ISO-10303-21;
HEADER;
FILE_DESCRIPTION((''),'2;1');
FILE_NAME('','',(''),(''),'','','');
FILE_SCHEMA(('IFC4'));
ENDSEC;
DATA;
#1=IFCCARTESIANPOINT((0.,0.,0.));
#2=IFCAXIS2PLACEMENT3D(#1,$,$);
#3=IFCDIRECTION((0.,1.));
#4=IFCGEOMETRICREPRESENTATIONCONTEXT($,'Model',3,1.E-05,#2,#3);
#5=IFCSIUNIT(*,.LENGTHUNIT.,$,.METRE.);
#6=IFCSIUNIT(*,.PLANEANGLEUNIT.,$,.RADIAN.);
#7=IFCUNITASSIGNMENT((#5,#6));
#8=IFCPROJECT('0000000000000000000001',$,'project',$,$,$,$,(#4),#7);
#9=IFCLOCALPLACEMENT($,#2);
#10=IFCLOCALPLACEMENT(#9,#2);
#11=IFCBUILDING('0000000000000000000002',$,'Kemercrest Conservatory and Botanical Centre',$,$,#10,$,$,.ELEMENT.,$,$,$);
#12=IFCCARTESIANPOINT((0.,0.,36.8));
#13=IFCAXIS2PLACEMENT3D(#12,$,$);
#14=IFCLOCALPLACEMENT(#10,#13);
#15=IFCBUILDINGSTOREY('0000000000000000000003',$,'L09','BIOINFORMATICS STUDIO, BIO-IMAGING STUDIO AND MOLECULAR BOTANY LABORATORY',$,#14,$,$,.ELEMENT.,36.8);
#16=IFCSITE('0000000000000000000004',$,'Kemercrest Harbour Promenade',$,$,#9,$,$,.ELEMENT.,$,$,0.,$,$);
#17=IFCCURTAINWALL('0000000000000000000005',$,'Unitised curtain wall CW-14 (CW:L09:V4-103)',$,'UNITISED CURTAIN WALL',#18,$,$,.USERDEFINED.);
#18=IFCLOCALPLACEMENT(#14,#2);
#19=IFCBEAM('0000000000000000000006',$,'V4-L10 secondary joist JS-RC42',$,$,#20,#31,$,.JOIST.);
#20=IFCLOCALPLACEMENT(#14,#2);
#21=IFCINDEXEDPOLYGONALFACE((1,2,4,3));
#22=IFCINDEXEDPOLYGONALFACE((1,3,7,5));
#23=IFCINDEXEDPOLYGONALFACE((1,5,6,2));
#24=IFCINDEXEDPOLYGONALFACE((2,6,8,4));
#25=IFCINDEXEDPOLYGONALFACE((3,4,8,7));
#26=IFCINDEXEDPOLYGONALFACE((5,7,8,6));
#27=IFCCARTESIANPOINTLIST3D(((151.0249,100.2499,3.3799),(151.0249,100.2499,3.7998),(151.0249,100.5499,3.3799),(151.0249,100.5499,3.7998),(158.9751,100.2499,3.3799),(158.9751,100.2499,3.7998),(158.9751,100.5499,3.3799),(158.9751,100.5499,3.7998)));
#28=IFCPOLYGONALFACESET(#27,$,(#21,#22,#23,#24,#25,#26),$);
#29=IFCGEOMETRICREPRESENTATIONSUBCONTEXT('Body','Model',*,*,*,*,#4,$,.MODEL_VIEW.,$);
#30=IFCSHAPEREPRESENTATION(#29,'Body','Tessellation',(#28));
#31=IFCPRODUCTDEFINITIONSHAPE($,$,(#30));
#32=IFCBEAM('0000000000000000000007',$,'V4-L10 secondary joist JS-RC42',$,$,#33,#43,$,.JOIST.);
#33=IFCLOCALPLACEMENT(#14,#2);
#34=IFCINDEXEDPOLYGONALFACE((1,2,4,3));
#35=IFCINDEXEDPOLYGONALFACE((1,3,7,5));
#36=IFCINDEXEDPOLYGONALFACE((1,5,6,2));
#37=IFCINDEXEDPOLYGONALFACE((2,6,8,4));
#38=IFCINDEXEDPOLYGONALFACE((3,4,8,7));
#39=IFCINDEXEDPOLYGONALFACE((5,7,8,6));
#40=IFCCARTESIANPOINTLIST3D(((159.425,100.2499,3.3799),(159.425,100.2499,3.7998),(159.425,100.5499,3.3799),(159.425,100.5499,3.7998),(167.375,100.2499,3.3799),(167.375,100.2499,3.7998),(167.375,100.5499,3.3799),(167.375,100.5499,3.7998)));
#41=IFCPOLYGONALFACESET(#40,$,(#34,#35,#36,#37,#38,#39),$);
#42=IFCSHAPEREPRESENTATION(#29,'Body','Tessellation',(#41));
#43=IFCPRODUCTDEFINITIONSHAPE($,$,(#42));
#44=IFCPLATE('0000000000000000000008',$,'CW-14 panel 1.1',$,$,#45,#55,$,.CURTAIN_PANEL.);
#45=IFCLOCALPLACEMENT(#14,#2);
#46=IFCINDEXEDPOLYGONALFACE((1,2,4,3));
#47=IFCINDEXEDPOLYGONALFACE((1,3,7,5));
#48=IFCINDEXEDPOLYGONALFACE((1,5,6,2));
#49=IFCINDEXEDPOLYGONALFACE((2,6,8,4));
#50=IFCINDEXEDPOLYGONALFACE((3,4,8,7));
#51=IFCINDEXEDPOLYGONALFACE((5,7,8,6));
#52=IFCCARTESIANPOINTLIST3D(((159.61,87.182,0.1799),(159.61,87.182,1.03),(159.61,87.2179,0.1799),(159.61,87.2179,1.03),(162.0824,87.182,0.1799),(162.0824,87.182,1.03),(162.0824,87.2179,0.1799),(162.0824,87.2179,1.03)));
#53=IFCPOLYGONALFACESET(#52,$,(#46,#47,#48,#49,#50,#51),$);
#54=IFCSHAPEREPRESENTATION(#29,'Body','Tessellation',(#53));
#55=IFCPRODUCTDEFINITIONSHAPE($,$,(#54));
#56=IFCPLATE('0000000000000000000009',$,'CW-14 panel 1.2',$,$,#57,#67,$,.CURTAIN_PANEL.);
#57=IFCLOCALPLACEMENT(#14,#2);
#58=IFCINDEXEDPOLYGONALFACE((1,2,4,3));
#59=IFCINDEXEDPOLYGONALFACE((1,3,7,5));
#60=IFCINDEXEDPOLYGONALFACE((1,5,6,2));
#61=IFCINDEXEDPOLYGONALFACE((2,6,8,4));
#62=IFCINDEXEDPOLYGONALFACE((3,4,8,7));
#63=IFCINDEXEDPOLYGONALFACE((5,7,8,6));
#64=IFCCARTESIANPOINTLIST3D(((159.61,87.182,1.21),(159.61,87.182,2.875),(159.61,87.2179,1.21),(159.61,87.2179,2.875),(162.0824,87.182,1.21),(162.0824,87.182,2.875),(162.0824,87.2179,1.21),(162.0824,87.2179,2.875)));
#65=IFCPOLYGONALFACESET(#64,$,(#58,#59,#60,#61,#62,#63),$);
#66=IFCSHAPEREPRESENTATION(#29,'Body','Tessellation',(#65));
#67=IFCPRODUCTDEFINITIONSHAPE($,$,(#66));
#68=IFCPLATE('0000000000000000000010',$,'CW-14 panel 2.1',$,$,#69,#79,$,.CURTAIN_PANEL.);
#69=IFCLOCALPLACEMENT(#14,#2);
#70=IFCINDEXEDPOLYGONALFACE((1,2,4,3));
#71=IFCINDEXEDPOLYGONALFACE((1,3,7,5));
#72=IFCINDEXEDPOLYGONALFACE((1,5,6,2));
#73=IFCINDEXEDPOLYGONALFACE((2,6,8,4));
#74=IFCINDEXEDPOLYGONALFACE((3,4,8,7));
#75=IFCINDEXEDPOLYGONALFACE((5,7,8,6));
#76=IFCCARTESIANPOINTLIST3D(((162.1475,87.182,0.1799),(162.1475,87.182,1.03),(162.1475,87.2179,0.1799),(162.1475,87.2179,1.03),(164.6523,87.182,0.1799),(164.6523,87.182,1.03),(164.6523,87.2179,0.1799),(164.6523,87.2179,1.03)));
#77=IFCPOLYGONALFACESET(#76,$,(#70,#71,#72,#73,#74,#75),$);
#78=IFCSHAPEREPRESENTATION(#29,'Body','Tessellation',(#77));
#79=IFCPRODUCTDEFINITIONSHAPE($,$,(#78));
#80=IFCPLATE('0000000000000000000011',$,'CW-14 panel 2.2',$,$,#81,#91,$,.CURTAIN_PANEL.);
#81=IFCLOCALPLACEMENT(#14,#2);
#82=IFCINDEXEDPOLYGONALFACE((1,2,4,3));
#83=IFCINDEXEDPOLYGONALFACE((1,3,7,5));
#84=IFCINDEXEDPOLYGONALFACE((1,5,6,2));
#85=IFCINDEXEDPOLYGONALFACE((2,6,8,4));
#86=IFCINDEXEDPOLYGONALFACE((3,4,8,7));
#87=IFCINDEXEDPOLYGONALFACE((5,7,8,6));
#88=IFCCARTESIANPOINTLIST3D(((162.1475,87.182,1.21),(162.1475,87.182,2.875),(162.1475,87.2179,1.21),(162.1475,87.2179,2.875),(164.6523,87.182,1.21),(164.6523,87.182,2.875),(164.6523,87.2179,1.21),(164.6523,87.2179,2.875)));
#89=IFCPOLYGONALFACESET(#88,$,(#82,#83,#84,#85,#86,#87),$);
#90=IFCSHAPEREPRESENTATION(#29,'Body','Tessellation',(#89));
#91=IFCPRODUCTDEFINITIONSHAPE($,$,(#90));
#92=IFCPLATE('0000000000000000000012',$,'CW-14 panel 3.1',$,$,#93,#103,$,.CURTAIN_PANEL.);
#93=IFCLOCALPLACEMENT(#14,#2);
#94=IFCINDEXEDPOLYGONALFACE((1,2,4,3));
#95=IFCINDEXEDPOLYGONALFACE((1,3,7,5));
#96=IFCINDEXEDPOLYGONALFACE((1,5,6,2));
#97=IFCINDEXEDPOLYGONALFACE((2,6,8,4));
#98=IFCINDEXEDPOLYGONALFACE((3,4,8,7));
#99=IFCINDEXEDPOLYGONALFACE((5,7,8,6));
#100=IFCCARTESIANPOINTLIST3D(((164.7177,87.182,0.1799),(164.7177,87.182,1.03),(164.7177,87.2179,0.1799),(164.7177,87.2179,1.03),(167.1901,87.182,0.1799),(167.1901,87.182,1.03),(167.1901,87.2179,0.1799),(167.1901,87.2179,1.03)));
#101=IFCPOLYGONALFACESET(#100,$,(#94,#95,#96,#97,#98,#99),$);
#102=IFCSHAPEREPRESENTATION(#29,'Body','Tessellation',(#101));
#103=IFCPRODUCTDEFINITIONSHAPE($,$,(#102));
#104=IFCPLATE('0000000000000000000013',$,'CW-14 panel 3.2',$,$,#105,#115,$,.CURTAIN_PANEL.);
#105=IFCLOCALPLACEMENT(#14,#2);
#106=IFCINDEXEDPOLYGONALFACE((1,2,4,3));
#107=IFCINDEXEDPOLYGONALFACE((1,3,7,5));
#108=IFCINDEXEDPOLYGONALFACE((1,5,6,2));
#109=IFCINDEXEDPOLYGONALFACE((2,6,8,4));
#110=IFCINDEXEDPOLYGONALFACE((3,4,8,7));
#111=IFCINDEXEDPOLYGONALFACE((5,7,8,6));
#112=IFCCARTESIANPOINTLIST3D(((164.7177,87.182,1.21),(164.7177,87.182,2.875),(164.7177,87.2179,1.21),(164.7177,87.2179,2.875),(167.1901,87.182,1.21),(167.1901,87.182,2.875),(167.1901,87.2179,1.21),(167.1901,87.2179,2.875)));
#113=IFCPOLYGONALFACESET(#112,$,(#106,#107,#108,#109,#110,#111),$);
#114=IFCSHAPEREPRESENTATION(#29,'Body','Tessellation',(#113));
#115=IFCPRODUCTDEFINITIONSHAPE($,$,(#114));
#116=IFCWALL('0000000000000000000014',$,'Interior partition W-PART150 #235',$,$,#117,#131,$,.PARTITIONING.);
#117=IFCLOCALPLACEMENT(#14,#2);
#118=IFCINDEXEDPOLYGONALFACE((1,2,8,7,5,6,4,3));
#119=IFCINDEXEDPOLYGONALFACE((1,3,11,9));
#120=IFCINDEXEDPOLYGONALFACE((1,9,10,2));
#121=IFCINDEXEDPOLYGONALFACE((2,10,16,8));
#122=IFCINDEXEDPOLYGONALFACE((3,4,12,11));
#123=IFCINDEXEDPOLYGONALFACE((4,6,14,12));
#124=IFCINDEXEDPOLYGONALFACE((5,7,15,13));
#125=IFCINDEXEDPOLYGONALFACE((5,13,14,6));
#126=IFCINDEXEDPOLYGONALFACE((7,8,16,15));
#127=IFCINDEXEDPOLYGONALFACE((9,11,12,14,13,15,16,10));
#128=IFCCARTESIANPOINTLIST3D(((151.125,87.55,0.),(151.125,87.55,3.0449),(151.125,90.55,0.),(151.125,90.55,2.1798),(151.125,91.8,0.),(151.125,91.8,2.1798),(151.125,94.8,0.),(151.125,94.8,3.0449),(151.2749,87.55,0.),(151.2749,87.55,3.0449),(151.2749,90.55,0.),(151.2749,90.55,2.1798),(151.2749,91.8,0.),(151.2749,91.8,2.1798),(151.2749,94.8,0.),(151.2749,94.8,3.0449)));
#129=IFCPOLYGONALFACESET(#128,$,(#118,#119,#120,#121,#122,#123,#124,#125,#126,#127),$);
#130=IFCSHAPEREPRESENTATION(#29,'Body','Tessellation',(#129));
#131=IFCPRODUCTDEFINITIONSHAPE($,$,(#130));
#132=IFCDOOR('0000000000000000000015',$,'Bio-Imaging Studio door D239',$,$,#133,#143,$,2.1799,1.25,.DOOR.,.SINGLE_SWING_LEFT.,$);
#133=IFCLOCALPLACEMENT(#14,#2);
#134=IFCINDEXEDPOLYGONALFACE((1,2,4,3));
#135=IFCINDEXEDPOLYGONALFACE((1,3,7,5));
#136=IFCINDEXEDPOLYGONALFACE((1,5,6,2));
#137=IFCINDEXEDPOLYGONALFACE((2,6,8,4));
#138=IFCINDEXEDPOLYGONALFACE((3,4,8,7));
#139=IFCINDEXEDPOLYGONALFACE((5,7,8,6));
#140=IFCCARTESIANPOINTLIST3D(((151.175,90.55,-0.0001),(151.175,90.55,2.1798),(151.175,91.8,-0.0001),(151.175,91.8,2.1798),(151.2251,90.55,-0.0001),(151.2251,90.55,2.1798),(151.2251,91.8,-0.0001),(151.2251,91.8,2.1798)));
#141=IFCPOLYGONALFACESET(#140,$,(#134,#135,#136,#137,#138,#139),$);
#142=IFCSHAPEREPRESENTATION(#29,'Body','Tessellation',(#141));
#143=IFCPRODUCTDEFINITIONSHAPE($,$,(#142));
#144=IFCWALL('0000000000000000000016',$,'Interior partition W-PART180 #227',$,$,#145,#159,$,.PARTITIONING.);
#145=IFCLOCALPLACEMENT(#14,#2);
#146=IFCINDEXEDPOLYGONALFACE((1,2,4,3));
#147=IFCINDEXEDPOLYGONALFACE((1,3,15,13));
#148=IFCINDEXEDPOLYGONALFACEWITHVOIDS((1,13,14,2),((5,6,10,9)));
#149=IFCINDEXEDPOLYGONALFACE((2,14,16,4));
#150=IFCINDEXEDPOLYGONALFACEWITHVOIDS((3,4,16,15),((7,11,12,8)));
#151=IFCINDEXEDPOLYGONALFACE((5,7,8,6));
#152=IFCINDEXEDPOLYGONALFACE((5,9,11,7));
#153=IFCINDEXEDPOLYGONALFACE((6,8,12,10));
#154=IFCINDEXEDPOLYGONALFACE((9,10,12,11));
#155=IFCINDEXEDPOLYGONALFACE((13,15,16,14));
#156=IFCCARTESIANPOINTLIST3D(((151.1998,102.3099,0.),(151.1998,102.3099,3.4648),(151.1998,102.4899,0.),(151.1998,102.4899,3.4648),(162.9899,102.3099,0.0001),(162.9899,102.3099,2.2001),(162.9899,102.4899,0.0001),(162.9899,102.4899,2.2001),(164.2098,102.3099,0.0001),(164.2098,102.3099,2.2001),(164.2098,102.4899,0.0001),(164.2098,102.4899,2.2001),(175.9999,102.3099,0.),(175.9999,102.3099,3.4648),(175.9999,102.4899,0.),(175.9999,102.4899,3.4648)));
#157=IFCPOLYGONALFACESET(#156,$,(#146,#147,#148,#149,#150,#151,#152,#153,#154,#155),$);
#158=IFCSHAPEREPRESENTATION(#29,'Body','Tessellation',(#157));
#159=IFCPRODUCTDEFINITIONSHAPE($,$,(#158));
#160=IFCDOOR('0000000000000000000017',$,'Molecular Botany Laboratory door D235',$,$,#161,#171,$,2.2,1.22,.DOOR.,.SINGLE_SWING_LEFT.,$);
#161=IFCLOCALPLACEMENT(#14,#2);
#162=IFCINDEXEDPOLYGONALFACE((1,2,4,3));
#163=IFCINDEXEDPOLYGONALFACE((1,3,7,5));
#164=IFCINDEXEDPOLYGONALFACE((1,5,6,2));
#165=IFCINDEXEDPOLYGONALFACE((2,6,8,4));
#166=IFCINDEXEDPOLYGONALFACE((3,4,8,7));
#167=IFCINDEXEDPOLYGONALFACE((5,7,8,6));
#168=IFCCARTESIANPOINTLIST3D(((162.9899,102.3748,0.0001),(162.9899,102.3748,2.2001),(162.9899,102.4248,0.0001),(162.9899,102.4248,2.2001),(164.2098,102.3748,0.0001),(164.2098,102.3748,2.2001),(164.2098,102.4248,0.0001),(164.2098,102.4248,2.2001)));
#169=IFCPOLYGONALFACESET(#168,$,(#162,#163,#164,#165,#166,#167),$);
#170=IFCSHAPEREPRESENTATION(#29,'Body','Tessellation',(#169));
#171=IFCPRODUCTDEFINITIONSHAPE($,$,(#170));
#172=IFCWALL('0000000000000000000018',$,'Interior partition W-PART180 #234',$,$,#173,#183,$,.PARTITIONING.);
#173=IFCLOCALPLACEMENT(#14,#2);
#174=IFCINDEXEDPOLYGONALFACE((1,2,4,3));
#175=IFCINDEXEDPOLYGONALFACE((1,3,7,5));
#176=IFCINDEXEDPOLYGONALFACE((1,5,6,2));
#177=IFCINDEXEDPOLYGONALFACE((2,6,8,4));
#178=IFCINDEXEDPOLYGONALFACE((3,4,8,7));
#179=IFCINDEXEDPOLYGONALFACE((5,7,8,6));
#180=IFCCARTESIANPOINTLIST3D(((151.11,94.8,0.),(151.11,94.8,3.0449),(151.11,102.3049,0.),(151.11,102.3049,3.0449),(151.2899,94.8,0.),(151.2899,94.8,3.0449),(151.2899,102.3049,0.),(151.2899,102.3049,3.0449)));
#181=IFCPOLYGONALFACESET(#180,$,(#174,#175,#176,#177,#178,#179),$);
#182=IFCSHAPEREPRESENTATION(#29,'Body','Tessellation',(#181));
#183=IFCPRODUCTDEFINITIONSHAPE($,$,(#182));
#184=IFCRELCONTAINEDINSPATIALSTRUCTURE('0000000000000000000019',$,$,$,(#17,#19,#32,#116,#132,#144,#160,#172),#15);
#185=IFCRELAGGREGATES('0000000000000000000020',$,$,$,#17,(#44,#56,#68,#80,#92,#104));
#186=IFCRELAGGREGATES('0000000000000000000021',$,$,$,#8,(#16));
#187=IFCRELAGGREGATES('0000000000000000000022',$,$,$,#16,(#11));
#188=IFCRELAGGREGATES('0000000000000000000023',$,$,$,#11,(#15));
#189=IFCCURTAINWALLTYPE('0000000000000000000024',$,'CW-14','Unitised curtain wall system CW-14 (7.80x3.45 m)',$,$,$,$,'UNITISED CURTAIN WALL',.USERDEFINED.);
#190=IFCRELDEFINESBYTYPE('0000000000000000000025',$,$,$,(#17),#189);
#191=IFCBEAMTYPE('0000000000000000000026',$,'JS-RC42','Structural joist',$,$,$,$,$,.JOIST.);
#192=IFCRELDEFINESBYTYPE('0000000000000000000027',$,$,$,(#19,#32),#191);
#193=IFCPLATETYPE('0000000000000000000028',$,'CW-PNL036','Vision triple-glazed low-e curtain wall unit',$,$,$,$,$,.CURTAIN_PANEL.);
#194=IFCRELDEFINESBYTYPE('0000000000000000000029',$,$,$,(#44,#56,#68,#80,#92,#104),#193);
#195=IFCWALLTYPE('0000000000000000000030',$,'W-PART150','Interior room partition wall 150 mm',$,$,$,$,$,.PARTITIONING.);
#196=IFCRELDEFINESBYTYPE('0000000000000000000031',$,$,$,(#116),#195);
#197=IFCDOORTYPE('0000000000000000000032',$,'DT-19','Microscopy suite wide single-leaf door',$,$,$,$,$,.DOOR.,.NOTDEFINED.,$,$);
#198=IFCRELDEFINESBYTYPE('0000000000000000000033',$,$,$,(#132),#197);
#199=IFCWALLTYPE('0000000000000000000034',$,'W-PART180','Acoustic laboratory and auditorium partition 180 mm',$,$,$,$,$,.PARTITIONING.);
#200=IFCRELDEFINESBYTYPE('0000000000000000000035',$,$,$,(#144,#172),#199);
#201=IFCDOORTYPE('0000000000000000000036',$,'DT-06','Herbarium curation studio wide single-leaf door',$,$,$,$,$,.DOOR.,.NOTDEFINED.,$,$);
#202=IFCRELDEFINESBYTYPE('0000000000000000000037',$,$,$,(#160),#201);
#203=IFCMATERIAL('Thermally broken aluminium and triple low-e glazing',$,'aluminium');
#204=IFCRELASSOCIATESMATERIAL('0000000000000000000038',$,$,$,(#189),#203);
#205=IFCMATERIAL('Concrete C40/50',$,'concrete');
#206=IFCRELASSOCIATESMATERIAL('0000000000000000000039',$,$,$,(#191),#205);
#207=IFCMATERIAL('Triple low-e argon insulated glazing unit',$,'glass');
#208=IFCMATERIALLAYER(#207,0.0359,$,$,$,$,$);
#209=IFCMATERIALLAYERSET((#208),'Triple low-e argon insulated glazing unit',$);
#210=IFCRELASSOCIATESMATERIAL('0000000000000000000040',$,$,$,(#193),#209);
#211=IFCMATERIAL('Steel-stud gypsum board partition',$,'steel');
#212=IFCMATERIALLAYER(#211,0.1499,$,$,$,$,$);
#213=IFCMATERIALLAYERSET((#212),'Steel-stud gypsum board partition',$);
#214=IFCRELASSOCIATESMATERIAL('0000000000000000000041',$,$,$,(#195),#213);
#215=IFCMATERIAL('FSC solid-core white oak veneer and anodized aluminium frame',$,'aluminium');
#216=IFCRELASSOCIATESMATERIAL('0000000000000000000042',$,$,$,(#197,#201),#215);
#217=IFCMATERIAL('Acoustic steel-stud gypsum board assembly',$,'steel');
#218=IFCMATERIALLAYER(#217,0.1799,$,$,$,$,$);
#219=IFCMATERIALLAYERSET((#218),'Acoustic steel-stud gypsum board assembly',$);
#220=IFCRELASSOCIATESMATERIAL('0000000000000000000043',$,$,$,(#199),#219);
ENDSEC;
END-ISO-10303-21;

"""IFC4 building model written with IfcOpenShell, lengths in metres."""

from ifc_helpers import new_model, si_unit, direction, frame, frame_2d, origin, origin_2d, place, context, subcontext, project, spatial, rectangle, extrude, material, layer, layer_set, material_profile, profile_set, type_object, element, fill, aggregate, save


model = new_model("IFC4")

# Units and contexts
model_context = context("Model", 3, precision=1e-05, world=origin(), true_north=direction((0.0, 1.0)))
body_context = subcontext(model_context, "Body", "Model", "MODEL_VIEW")
ifc_project = project(units=[si_unit("LENGTHUNIT", "METRE"), si_unit("PLANEANGLEUNIT", "RADIAN")], contexts=[model_context])

# Site, building, storey
site_placement = place(None, origin())
site = spatial("IfcSite", under=ifc_project, at=site_placement, Name="Kemercrest Harbour Promenade", CompositionType="ELEMENT", RefElevation=0.0)
building_placement = place(site_placement, origin())
building = spatial("IfcBuilding", under=site, at=building_placement, Name="Kemercrest Conservatory and Botanical Centre", CompositionType="ELEMENT")
storey_placement = place(building_placement, frame((0.0, 0.0, 36.8)))
storey = spatial("IfcBuildingStorey", under=building, at=storey_placement, Name="L09", Description="BIOINFORMATICS STUDIO, BIO-IMAGING STUDIO AND MOLECULAR BOTANY LABORATORY", CompositionType="ELEMENT", Elevation=36.8)

# Shared definitions
ifc_material_1 = material(Name="Concrete C40/50", Category="concrete")

# Curtain wall
ifc_material_2 = material(Name="Thermally broken aluminium and triple low-e glazing", Category="aluminium")
curtain_wall_type = type_object("IfcCurtainWallType", Name="CW-14", Description="Unitised curtain wall system CW-14 (7.80x3.45 m)", ElementType="UNITISED CURTAIN WALL", PredefinedType="USERDEFINED", material=ifc_material_2)
curtain_wall_placement = place(storey_placement, origin())
curtain_wall = element("IfcCurtainWall", 1, at=curtain_wall_placement, inside=storey, type_object=curtain_wall_type, Name="Unitised curtain wall CW-14 (CW:L09:V4-103)", ObjectType="UNITISED CURTAIN WALL", PredefinedType="USERDEFINED")

# Beams
ifc_material_profile_1 = material_profile(ifc_material_1, rectangle(XDim=0.3, YDim=0.4199, at=origin_2d()), Name="RC 300x420")
ifc_profile_set_1 = profile_set([ifc_material_profile_1], Name="Concrete C40/50")
beam_type_1 = type_object("IfcBeamType", Name="JS-RC42", Description="Structural joist", PredefinedType="JOIST", material=ifc_profile_set_1)
beam_1_placement = place(storey_placement, frame((151.0249, 100.3999, 3.5898), z_axis=(1.0, 0.0, 0.0), x_axis=(0.0, 1.0, 0.0)))
element("IfcBeam", 2, at=beam_1_placement, inside=storey, type_object=beam_type_1, Name="V4-L10 secondary joist JS-RC42", PredefinedType="JOIST", context=body_context, shape_type="SweptSolid", body=[
    extrude(rectangle(XDim=0.3, YDim=0.4199, at=origin_2d()), origin(), (0.0, 0.0, 1.0), 7.9502),
])
beam_2_placement = place(storey_placement, frame((159.425, 100.3999, 3.5898), z_axis=(1.0, 0.0, 0.0), x_axis=(0.0, 1.0, 0.0)))
element("IfcBeam", 3, at=beam_2_placement, inside=storey, type_object=beam_type_1, Name="V4-L10 secondary joist JS-RC42", PredefinedType="JOIST", context=body_context, shape_type="SweptSolid", body=[
    extrude(rectangle(XDim=0.3, YDim=0.4199, at=origin_2d()), origin(), (0.0, 0.0, 1.0), 7.95),
])

# Plates
ifc_material_3 = material(Name="Triple low-e argon insulated glazing unit", Category="glass")
ifc_layer_1 = layer(ifc_material_3, 0.0359)
ifc_layer_set_1 = layer_set([ifc_layer_1], Name="Triple low-e argon insulated glazing unit")
plate_type = type_object("IfcPlateType", Name="CW-PNL036", Description="Vision triple-glazed low-e curtain wall unit", PredefinedType="CURTAIN_PANEL", material=ifc_layer_set_1)
plate_1_placement = place(storey_placement, frame((160.8462, 87.2, 0.1799), z_axis=(0.0, 0.0, 1.0), x_axis=(1.0, 0.0, 0.0)))
plate_1 = element("IfcPlate", 4, at=plate_1_placement, type_object=plate_type, Name="CW-14 panel 1.1", PredefinedType="CURTAIN_PANEL", context=body_context, shape_type="SweptSolid", body=[
    extrude(rectangle(XDim=2.4724, YDim=0.0359, at=origin_2d()), origin(), (0.0, 0.0, 1.0), 0.8501),
])
plate_2_placement = place(storey_placement, frame((160.8462, 87.2, 1.21), z_axis=(0.0, 0.0, 1.0), x_axis=(1.0, 0.0, 0.0)))
plate_2 = element("IfcPlate", 5, at=plate_2_placement, type_object=plate_type, Name="CW-14 panel 1.2", PredefinedType="CURTAIN_PANEL", context=body_context, shape_type="SweptSolid", body=[
    extrude(rectangle(XDim=2.4724, YDim=0.0359, at=origin_2d()), origin(), (0.0, 0.0, 1.0), 1.665),
])
plate_3_placement = place(storey_placement, frame((163.3999, 87.2, 0.1799), z_axis=(0.0, 0.0, 1.0), x_axis=(1.0, 0.0, 0.0)))
plate_3 = element("IfcPlate", 6, at=plate_3_placement, type_object=plate_type, Name="CW-14 panel 2.1", PredefinedType="CURTAIN_PANEL", context=body_context, shape_type="SweptSolid", body=[
    extrude(rectangle(XDim=2.5049, YDim=0.0359, at=origin_2d()), origin(), (0.0, 0.0, 1.0), 0.8501),
])
plate_4_placement = place(storey_placement, frame((163.3999, 87.2, 1.21), z_axis=(0.0, 0.0, 1.0), x_axis=(1.0, 0.0, 0.0)))
plate_4 = element("IfcPlate", 7, at=plate_4_placement, type_object=plate_type, Name="CW-14 panel 2.2", PredefinedType="CURTAIN_PANEL", context=body_context, shape_type="SweptSolid", body=[
    extrude(rectangle(XDim=2.5049, YDim=0.0359, at=origin_2d()), origin(), (0.0, 0.0, 1.0), 1.665),
])
plate_5_placement = place(storey_placement, frame((165.9539, 87.2, 0.1799), z_axis=(0.0, 0.0, 1.0), x_axis=(1.0, 0.0, 0.0)))
plate_5 = element("IfcPlate", 8, at=plate_5_placement, type_object=plate_type, Name="CW-14 panel 3.1", PredefinedType="CURTAIN_PANEL", context=body_context, shape_type="SweptSolid", body=[
    extrude(rectangle(XDim=2.4724, YDim=0.0359, at=origin_2d()), origin(), (0.0, 0.0, 1.0), 0.8501),
])
plate_6_placement = place(storey_placement, frame((165.9539, 87.2, 1.21), z_axis=(0.0, 0.0, 1.0), x_axis=(1.0, 0.0, 0.0)))
plate_6 = element("IfcPlate", 9, at=plate_6_placement, type_object=plate_type, Name="CW-14 panel 3.2", PredefinedType="CURTAIN_PANEL", context=body_context, shape_type="SweptSolid", body=[
    extrude(rectangle(XDim=2.4724, YDim=0.0359, at=origin_2d()), origin(), (0.0, 0.0, 1.0), 1.665),
])
aggregate(curtain_wall, [plate_1, plate_2, plate_3, plate_4, plate_5, plate_6])

# Walls, openings, doors
ifc_material_4 = material(Name="Steel-stud gypsum board partition", Category="steel")
ifc_layer_2 = layer(ifc_material_4, 0.1499)
ifc_layer_set_2 = layer_set([ifc_layer_2], Name="Steel-stud gypsum board partition")
wall_type_1 = type_object("IfcWallType", Name="W-PART150", Description="Interior room partition wall 150 mm", PredefinedType="PARTITIONING", material=ifc_layer_set_2)
wall_1_placement = place(storey_placement, frame((151.2, 87.55, 0.0), z_axis=(0.0, 0.0, 1.0), x_axis=(0.0, 1.0, 0.0)))
wall_1 = element("IfcWall", 10, at=wall_1_placement, inside=storey, type_object=wall_type_1, Name="Interior partition W-PART150 #235", PredefinedType="PARTITIONING", context=body_context, shape_type="SweptSolid", body=[
    extrude(rectangle(XDim=7.25, YDim=0.1499, at=frame_2d((3.625, 0.0))), origin(), (0.0, 0.0, 1.0), 3.0449),
])
opening_1_placement = place(wall_1_placement, frame((3.0, 0.0, 0.0)))
opening_1 = element("IfcOpeningElement", 11, at=opening_1_placement, cuts=wall_1, PredefinedType="OPENING", context=body_context, shape_type="SweptSolid", body=[
    extrude(rectangle(XDim=1.25, YDim=2.1799, at=frame_2d((0.625, 1.0898))), frame((0.0, 0.085, 0.0), z_axis=(0.0, -1.0, 0.0), x_axis=(1.0, 0.0, 0.0)), (0.0, 0.0, 1.0), 0.1699),
])
ifc_material_5 = material(Name="FSC solid-core white oak veneer and anodized aluminium frame", Category="aluminium")
door_type_1 = type_object("IfcDoorType", Name="DT-19", Description="Microscopy suite wide single-leaf door", OperationType="NOTDEFINED", PredefinedType="DOOR", material=ifc_material_5)
door_1_placement = place(opening_1_placement, origin())
door_1 = element("IfcDoor", 12, at=door_1_placement, inside=storey, type_object=door_type_1, Name="Bio-Imaging Studio door D239", OperationType="SINGLE_SWING_LEFT", OverallHeight=2.1799, OverallWidth=1.25, PredefinedType="DOOR", context=body_context, shape_type="SweptSolid", body=[
    extrude(rectangle(XDim=1.25, YDim=2.1799, at=frame_2d((0.625, 1.0898))), frame((0.0, 0.0249, 0.0), z_axis=(0.0, -1.0, 0.0), x_axis=(1.0, 0.0, 0.0)), (0.0, 0.0, 1.0), 0.05),
])
fill(opening_1, door_1)
ifc_material_6 = material(Name="Acoustic steel-stud gypsum board assembly", Category="steel")
ifc_layer_3 = layer(ifc_material_6, 0.1799)
ifc_layer_set_3 = layer_set([ifc_layer_3], Name="Acoustic steel-stud gypsum board assembly")
wall_type_2 = type_object("IfcWallType", Name="W-PART180", Description="Acoustic laboratory and auditorium partition 180 mm", PredefinedType="PARTITIONING", material=ifc_layer_set_3)
wall_2_placement = place(storey_placement, frame((151.2, 102.3999, 0.0), z_axis=(0.0, 0.0, 1.0), x_axis=(1.0, 0.0, 0.0)))
wall_2 = element("IfcWall", 13, at=wall_2_placement, inside=storey, type_object=wall_type_2, Name="Interior partition W-PART180 #227", PredefinedType="PARTITIONING", context=body_context, shape_type="SweptSolid", body=[
    extrude(rectangle(XDim=24.8, YDim=0.1799, at=frame_2d((12.3999, 0.0))), origin(), (0.0, 0.0, 1.0), 3.4648),
])
opening_2_placement = place(wall_2_placement, frame((11.79, 0.0, 0.0)))
opening_2 = element("IfcOpeningElement", 14, at=opening_2_placement, cuts=wall_2, PredefinedType="OPENING", context=body_context, shape_type="SweptSolid", body=[
    extrude(rectangle(XDim=1.22, YDim=2.2, at=frame_2d((0.6099, 1.1001))), frame((0.0, 0.1001, 0.0), z_axis=(0.0, -1.0, 0.0), x_axis=(1.0, 0.0, 0.0)), (0.0, 0.0, 1.0), 0.2),
])
door_type_2 = type_object("IfcDoorType", Name="DT-06", Description="Herbarium curation studio wide single-leaf door", OperationType="NOTDEFINED", PredefinedType="DOOR", material=ifc_material_5)
door_2_placement = place(opening_2_placement, origin())
door_2 = element("IfcDoor", 15, at=door_2_placement, inside=storey, type_object=door_type_2, Name="Molecular Botany Laboratory door D235", OperationType="SINGLE_SWING_LEFT", OverallHeight=2.2, OverallWidth=1.22, PredefinedType="DOOR", context=body_context, shape_type="SweptSolid", body=[
    extrude(rectangle(XDim=1.22, YDim=2.2, at=frame_2d((0.6099, 1.1001))), frame((0.0, 0.0249, 0.0), z_axis=(0.0, -1.0, 0.0), x_axis=(1.0, 0.0, 0.0)), (0.0, 0.0, 1.0), 0.05),
])
fill(opening_2, door_2)

# Wall
wall_3_placement = place(storey_placement, frame((151.2, 94.8, 0.0), z_axis=(0.0, 0.0, 1.0), x_axis=(0.0, 1.0, 0.0)))
element("IfcWall", 16, at=wall_3_placement, inside=storey, type_object=wall_type_2, Name="Interior partition W-PART180 #234", PredefinedType="PARTITIONING", context=body_context, shape_type="SweptSolid", body=[
    extrude(rectangle(XDim=7.5049, YDim=0.1799, at=frame_2d((3.7524, 0.0))), origin(), (0.0, 0.0, 1.0), 3.0449),
])

save(model, "model.ifc")
